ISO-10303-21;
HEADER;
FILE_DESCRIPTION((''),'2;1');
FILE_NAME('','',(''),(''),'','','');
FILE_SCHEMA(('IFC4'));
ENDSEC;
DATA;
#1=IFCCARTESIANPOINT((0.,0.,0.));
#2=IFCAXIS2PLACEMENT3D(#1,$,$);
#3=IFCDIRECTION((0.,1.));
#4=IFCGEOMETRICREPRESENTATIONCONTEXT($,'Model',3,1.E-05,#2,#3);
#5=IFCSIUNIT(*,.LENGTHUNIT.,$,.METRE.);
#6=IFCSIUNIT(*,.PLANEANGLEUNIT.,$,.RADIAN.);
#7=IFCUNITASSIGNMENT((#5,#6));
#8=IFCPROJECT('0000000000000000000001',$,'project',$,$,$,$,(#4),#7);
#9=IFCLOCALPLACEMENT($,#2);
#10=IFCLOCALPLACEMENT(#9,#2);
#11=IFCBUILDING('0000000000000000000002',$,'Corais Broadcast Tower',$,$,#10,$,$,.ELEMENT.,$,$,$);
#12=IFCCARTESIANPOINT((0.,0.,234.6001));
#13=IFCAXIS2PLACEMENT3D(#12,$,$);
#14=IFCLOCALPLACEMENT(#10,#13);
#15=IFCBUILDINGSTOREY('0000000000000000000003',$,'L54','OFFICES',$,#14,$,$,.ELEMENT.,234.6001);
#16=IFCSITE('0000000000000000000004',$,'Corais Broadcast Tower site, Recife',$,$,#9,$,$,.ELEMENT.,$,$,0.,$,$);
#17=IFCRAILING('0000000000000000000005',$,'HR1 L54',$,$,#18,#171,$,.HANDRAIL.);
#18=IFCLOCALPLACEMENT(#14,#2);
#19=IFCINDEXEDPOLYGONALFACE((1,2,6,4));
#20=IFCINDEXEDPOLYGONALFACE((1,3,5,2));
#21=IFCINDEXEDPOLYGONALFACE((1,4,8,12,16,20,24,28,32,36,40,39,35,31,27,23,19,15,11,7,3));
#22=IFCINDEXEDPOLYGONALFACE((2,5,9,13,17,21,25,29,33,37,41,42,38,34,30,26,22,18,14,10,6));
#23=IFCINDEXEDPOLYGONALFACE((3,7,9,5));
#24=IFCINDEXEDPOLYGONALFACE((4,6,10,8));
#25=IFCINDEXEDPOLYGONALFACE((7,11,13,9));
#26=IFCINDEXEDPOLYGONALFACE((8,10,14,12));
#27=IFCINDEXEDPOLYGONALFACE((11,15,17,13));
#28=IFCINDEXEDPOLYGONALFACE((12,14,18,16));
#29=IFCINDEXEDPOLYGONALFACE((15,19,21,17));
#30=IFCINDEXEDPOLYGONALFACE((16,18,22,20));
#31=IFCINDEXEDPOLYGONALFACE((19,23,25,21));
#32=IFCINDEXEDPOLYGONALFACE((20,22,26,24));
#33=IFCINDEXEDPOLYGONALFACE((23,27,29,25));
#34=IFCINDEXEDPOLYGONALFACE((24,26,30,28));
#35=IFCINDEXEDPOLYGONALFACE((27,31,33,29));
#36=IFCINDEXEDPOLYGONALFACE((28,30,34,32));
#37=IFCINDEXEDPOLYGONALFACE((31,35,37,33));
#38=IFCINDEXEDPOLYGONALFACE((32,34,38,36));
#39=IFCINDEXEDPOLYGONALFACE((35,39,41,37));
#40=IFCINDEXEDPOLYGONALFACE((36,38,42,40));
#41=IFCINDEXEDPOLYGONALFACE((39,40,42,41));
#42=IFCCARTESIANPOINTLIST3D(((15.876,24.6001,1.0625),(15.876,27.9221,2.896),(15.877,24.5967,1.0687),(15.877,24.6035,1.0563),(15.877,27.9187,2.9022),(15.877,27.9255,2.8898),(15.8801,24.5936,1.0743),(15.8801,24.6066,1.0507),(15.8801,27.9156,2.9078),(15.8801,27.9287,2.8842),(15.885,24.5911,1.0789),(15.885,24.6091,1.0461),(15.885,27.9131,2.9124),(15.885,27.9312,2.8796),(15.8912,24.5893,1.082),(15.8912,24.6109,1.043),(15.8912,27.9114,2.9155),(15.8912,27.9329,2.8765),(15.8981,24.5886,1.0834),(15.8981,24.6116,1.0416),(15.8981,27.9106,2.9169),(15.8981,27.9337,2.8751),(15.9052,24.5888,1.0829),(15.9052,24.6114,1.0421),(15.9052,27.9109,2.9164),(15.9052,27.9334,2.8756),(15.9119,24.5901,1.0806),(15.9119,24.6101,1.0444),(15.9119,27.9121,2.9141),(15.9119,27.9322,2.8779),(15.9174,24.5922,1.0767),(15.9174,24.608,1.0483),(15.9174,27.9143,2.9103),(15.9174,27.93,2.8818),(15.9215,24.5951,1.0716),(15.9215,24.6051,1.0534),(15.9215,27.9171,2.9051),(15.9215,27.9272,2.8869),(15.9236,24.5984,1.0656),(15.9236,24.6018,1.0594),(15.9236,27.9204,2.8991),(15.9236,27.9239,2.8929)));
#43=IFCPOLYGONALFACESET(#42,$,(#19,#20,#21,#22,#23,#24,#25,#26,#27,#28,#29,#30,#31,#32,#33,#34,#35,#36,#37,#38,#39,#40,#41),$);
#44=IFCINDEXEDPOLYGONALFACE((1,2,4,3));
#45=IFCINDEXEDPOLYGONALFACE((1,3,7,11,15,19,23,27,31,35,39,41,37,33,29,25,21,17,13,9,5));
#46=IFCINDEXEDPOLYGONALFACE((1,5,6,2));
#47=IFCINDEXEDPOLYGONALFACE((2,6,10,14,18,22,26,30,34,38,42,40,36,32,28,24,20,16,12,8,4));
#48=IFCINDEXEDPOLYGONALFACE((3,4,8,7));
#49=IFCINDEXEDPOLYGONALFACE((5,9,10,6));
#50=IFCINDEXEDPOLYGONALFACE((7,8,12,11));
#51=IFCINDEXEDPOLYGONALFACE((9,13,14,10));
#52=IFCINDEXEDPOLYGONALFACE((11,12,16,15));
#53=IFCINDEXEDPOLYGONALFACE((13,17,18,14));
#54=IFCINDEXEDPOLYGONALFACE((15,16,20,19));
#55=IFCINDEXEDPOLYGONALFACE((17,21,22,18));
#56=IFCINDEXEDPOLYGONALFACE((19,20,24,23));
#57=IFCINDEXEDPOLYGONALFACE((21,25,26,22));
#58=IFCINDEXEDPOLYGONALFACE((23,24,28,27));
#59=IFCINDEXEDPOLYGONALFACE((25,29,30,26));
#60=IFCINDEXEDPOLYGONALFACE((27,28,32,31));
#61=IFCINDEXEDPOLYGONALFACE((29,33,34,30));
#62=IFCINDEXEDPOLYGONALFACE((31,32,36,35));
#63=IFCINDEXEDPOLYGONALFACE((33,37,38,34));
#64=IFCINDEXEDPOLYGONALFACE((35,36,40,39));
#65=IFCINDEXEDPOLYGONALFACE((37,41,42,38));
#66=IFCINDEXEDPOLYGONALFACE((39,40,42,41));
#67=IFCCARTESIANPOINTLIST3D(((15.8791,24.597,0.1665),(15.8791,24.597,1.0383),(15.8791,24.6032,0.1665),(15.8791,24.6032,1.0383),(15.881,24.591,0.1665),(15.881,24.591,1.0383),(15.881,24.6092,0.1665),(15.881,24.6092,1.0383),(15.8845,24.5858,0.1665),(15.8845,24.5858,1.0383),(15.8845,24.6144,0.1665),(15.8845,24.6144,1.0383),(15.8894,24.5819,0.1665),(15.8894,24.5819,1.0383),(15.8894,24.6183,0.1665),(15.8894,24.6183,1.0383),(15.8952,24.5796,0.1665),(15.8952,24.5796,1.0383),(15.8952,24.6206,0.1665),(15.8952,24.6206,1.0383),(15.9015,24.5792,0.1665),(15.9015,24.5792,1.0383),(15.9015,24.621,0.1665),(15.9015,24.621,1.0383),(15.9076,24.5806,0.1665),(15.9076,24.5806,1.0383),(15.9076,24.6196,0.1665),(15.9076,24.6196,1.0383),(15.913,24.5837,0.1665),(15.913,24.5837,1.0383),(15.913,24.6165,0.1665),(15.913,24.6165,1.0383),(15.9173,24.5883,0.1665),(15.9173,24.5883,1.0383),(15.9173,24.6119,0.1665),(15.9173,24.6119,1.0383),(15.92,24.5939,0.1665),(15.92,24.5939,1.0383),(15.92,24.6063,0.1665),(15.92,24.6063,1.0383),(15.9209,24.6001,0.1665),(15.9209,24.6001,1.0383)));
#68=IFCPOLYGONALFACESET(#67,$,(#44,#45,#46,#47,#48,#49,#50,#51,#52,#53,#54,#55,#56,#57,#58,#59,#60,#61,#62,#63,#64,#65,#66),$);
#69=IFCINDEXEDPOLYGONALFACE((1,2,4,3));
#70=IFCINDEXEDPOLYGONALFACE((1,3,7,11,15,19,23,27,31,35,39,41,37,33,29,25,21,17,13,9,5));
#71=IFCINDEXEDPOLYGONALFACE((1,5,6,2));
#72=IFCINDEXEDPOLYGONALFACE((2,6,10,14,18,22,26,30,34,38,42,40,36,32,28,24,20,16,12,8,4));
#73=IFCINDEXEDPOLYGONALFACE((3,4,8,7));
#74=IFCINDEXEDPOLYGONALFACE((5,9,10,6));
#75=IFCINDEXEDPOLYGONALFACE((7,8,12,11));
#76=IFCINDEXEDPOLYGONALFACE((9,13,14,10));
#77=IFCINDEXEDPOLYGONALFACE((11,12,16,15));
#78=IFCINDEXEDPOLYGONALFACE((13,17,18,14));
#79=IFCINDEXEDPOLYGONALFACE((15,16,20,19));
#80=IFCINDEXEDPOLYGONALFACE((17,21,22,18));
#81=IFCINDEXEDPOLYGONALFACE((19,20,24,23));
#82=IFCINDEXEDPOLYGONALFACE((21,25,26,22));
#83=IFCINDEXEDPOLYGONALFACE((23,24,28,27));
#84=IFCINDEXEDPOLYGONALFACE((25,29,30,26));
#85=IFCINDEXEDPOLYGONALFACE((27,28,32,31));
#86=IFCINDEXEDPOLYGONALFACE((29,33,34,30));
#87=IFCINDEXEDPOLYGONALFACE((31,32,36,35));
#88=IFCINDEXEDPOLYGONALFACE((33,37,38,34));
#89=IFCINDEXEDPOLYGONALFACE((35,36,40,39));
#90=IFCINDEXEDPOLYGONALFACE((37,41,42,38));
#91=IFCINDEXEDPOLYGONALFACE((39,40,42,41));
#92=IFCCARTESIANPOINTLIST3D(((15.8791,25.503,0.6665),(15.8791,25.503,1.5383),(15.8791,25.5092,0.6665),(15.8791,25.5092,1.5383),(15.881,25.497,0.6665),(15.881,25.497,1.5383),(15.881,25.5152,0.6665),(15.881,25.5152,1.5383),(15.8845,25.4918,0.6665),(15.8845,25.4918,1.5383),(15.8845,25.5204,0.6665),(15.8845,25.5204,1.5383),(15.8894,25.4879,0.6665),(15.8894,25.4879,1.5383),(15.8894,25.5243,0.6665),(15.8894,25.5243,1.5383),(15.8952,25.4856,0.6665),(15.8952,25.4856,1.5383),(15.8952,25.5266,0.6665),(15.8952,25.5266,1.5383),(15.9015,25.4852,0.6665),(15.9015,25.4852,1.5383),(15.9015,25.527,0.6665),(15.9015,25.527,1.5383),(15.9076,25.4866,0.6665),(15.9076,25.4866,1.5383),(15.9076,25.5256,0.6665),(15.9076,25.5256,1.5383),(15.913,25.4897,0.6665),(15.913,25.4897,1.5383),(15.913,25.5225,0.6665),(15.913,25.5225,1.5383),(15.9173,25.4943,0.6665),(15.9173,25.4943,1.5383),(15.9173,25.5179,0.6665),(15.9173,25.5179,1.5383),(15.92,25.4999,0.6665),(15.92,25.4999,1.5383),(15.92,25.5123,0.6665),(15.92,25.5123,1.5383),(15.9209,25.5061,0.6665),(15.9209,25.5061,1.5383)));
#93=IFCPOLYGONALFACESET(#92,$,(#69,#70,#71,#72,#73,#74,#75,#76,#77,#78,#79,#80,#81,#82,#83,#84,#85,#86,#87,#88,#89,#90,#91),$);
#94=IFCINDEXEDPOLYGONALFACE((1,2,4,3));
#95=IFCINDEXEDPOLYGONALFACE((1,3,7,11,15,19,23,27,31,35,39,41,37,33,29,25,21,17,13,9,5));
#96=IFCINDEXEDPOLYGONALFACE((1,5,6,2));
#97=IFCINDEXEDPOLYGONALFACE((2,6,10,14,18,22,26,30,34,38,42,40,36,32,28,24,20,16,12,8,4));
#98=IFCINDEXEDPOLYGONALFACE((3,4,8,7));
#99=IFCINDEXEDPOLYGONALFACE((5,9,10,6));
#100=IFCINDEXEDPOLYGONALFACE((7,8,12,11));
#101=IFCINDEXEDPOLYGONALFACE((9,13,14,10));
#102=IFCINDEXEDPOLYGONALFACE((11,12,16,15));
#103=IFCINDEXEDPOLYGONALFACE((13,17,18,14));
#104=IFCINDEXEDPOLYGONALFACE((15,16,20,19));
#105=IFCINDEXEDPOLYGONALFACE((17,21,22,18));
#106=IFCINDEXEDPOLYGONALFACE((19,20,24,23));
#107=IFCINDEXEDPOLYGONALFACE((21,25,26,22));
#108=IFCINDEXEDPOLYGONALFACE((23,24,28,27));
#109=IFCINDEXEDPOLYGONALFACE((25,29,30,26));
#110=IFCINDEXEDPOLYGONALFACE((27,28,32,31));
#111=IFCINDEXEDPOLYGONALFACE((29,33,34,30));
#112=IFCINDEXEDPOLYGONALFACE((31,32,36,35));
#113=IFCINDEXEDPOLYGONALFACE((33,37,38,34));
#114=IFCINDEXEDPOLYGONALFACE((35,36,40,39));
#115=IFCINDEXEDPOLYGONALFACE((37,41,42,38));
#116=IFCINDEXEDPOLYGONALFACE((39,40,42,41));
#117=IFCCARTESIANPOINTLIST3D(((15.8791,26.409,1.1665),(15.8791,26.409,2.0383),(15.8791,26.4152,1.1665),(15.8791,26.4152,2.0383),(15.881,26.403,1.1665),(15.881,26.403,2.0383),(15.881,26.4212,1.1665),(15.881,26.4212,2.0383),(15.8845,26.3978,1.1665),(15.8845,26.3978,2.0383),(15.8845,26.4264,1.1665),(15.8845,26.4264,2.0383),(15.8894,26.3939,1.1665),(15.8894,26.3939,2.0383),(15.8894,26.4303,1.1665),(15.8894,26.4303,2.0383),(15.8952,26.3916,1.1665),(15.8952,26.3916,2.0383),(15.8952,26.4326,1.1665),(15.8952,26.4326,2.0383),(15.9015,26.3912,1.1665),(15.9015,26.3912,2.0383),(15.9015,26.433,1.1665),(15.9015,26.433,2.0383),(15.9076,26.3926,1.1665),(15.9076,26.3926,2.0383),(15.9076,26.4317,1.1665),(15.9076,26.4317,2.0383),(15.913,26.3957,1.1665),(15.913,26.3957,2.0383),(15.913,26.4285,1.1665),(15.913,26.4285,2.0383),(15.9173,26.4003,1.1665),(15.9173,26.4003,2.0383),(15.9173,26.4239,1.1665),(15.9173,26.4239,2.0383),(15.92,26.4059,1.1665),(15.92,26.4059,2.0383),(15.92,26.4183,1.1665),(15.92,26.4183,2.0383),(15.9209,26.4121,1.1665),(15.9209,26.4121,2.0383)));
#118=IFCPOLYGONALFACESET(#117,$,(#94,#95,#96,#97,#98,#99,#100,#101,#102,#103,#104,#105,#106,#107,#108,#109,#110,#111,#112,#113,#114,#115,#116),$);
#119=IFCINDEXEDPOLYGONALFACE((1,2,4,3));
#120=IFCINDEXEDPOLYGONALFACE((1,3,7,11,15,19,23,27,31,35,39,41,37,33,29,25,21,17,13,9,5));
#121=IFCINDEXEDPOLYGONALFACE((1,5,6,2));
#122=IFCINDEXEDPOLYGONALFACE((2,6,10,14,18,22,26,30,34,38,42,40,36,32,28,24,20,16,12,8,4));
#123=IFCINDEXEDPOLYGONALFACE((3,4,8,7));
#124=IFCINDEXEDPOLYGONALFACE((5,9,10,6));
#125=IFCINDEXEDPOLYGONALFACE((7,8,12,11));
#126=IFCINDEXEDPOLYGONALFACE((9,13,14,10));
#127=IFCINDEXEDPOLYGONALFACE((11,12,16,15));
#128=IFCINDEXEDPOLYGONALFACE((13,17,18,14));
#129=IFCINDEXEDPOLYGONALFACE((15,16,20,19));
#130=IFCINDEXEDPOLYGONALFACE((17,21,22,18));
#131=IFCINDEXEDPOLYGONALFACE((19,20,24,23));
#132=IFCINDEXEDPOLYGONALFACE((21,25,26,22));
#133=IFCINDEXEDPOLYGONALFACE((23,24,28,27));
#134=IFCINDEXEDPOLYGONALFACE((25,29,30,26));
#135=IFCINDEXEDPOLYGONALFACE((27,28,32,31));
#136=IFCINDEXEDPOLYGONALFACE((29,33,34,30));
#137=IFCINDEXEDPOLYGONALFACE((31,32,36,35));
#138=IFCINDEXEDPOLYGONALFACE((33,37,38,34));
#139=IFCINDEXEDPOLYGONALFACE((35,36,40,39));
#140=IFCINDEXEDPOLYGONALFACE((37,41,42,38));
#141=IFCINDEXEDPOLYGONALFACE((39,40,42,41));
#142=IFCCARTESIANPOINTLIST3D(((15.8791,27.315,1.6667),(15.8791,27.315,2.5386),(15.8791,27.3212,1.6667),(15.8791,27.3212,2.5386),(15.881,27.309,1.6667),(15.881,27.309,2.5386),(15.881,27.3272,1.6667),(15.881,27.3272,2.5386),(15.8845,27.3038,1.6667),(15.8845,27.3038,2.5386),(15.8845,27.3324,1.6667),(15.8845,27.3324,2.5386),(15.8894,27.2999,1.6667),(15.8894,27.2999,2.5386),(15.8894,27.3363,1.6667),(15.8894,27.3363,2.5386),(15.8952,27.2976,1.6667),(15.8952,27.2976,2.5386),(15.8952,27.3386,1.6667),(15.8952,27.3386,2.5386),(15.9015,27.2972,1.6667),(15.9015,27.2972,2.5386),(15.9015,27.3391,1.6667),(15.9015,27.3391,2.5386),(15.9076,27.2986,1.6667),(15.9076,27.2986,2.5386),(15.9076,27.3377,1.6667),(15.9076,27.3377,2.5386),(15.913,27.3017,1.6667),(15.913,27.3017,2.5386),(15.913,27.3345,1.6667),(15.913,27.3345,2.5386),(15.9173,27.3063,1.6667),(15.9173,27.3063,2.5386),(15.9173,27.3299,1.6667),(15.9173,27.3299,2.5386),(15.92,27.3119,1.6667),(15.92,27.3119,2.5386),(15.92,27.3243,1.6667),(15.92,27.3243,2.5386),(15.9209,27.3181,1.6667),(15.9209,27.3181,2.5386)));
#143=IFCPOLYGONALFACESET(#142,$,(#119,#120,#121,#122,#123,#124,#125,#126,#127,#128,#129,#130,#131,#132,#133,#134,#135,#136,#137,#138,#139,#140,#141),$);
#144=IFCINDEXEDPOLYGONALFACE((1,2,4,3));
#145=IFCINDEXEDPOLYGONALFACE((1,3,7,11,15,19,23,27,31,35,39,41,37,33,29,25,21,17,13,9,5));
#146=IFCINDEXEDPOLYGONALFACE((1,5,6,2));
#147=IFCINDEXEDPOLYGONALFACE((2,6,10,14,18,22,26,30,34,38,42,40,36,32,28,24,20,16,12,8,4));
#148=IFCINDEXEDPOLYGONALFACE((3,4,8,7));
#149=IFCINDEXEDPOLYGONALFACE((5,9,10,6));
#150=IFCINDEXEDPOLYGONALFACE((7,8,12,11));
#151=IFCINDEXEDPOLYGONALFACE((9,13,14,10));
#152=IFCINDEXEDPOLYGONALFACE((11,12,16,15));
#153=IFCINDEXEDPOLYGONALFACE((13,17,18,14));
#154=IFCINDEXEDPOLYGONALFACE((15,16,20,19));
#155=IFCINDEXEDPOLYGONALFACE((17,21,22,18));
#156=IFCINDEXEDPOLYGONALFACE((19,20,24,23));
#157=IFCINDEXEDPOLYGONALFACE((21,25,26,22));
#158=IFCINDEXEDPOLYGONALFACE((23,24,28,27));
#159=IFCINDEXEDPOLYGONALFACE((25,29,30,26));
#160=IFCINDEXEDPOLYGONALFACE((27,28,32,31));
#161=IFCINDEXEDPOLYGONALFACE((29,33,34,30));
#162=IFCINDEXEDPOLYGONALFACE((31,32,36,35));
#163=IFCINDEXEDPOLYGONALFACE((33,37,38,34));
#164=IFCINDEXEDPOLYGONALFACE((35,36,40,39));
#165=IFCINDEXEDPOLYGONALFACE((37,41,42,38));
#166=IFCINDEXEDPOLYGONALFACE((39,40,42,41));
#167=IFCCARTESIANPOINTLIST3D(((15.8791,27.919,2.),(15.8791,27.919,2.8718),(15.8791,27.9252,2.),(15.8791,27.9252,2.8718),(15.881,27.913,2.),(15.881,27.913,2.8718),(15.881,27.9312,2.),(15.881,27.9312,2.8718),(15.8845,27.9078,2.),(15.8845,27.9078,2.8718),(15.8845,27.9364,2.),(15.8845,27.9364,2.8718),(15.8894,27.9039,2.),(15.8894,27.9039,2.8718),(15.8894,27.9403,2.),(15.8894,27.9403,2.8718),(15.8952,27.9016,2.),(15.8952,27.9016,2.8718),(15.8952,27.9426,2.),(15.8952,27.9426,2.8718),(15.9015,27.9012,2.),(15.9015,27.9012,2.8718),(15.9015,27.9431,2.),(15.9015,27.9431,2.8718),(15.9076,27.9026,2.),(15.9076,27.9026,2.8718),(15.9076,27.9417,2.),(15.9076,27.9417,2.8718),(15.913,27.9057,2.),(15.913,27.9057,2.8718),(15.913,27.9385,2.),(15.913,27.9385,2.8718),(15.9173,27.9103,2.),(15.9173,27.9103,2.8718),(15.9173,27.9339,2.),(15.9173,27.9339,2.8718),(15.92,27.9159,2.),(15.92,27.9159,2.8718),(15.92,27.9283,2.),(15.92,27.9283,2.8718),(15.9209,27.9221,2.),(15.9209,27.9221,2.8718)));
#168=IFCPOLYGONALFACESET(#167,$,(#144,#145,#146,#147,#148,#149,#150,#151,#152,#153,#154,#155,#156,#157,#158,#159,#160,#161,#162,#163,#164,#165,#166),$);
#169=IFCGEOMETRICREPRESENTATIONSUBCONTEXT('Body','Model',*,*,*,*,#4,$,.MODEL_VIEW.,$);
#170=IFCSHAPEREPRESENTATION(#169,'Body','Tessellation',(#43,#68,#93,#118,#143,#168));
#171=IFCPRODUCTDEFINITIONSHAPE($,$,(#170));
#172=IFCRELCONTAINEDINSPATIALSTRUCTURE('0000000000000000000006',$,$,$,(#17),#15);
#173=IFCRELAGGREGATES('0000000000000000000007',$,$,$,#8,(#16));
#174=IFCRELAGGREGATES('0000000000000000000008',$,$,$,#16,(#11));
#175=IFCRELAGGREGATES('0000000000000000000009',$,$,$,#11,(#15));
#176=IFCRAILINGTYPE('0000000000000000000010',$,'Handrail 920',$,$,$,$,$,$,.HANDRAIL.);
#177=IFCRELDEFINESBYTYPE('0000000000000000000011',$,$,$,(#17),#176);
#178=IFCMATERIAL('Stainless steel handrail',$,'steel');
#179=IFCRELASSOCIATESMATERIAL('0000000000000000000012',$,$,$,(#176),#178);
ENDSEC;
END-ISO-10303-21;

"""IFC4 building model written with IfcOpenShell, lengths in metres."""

from ifc_helpers import new_model, si_unit, direction, frame, origin, origin_2d, place, context, subcontext, project, spatial, circle, extrude, material, type_object, element, save


model = new_model("IFC4")

# Units and contexts
model_context = context("Model", 3, precision=1e-05, world=origin(), true_north=direction((0.0, 1.0)))
body_context = subcontext(model_context, "Body", "Model", "MODEL_VIEW")
ifc_project = project(units=[si_unit("LENGTHUNIT", "METRE"), si_unit("PLANEANGLEUNIT", "RADIAN")], contexts=[model_context])

# Site, building, storey
site_placement = place(None, origin())
site = spatial("IfcSite", under=ifc_project, at=site_placement, Name="Corais Broadcast Tower site, Recife", CompositionType="ELEMENT", RefElevation=0.0)
building_placement = place(site_placement, origin())
building = spatial("IfcBuilding", under=site, at=building_placement, Name="Corais Broadcast Tower", CompositionType="ELEMENT")
storey_placement = place(building_placement, frame((0.0, 0.0, 234.6001)))
storey = spatial("IfcBuildingStorey", under=building, at=storey_placement, Name="L54", Description="OFFICES", CompositionType="ELEMENT", Elevation=234.6001)

# Railing
ifc_material_1 = material(Name="Stainless steel handrail", Category="steel")
railing_type = type_object("IfcRailingType", Name="Handrail 920", PredefinedType="HANDRAIL", material=ifc_material_1)
for number, where, name in (
    (1, (15.8999, 24.6001, 0.1665), "HR1 L54"),
):
    element("IfcRailing", number, at=place(storey_placement, frame(where)), inside=storey, type_object=railing_type, Name=name, PredefinedType="HANDRAIL", context=body_context, shape_type="SweptSolid", body=[
        extrude(circle(Radius=0.0239, at=origin_2d()), frame((0.0, 0.0, 0.896), z_axis=(0.0, 0.875504, 0.48321), x_axis=(-1.0, 0.0, 0.0)), (0.0, 0.0, 1.0), 3.7944),
        extrude(circle(Radius=0.021, at=origin_2d()), origin(), (0.0, 0.0, 1.0), 0.8718),
        extrude(circle(Radius=0.021, at=origin_2d()), frame((0.0, 0.906, 0.5)), (0.0, 0.0, 1.0), 0.8718),
        extrude(circle(Radius=0.021, at=origin_2d()), frame((0.0, 1.812, 1.0)), (0.0, 0.0, 1.0), 0.8718),
        extrude(circle(Radius=0.021, at=origin_2d()), frame((0.0, 2.718, 1.5002)), (0.0, 0.0, 1.0), 0.8718),
        extrude(circle(Radius=0.021, at=origin_2d()), frame((0.0, 3.322, 1.8335)), (0.0, 0.0, 1.0), 0.8718),
    ])

save(model, "model.ifc")
